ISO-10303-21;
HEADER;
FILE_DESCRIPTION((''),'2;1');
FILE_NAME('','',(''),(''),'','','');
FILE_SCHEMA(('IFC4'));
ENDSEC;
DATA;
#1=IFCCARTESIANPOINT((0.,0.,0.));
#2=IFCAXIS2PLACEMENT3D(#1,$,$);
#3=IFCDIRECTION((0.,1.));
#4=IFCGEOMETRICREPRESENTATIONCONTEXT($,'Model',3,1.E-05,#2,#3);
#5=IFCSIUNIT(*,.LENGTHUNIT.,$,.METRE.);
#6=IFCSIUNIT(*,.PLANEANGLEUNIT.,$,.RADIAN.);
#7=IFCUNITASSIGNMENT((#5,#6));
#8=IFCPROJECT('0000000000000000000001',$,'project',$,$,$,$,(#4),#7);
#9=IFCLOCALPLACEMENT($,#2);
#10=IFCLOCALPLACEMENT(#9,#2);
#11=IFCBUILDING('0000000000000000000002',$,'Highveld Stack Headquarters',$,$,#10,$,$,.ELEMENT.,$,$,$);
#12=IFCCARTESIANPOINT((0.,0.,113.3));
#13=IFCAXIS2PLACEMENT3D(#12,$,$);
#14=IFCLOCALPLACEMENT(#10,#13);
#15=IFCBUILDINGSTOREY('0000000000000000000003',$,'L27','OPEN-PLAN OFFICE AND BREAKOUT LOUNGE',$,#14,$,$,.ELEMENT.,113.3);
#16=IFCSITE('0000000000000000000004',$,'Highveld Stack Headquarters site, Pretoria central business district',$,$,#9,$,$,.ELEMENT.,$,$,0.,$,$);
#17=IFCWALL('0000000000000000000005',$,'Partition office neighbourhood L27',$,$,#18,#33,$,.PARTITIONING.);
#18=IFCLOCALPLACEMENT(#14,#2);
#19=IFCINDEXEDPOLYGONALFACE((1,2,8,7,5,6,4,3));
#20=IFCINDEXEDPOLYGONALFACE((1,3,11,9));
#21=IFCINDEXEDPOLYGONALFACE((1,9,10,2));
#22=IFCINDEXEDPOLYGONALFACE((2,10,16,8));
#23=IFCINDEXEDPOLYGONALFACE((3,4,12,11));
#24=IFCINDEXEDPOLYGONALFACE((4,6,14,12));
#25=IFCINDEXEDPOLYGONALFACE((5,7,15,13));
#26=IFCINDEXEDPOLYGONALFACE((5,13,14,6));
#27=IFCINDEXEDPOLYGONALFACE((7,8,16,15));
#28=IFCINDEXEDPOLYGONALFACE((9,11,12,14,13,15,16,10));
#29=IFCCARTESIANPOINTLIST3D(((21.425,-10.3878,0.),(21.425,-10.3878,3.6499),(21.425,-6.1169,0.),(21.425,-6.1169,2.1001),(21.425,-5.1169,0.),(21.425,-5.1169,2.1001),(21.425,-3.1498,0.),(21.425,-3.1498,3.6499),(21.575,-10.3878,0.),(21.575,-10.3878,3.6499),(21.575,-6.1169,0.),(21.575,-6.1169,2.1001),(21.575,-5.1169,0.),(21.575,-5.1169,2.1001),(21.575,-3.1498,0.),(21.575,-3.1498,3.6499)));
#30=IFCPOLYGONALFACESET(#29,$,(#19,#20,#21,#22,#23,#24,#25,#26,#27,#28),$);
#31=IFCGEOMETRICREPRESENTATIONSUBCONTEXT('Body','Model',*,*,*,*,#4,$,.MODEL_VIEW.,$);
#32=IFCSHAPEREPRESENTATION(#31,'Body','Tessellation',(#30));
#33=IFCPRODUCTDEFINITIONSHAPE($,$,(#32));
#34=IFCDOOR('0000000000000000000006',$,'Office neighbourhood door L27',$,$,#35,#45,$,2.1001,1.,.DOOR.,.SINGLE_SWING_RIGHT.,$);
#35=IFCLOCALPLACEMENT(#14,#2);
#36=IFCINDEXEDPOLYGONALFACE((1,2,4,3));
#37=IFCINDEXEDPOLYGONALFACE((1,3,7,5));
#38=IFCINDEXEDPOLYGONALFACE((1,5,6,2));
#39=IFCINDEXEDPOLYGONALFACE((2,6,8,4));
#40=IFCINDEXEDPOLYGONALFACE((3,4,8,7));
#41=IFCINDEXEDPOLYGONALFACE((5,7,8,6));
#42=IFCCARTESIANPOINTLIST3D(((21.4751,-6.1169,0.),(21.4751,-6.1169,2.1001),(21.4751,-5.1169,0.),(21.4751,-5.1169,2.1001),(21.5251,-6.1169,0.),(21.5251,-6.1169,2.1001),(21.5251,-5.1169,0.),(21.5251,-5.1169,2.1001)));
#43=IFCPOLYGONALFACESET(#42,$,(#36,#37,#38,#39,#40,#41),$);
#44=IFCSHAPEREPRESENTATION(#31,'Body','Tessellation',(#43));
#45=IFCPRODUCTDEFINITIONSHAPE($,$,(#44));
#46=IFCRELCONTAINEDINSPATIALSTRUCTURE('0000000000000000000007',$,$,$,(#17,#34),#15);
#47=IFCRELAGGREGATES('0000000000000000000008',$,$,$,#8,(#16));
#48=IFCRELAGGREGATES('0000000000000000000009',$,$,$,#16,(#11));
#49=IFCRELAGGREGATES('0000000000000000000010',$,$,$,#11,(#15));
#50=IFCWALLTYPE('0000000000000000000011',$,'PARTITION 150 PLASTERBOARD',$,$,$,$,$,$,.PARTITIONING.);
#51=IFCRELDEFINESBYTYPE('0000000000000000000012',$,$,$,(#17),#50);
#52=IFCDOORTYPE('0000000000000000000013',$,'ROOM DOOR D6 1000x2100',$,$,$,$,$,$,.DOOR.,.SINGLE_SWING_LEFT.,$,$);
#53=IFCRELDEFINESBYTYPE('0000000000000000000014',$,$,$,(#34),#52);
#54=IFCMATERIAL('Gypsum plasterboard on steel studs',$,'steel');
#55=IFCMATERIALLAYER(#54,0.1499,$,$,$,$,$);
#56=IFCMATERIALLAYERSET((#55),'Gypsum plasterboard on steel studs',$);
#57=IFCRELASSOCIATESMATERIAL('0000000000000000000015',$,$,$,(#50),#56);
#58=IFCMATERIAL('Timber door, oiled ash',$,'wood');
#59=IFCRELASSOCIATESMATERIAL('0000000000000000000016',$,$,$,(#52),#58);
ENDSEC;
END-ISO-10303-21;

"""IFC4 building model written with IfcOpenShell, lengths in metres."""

from ifc_helpers import new_model, si_unit, direction, frame, frame_2d, origin, place, context, subcontext, project, spatial, rectangle, extrude, material, layer, layer_set, type_object, element, fill, save


model = new_model("IFC4")

# Units and contexts
model_context = context("Model", 3, precision=1e-05, world=origin(), true_north=direction((0.0, 1.0)))
body_context = subcontext(model_context, "Body", "Model", "MODEL_VIEW")
ifc_project = project(units=[si_unit("LENGTHUNIT", "METRE"), si_unit("PLANEANGLEUNIT", "RADIAN")], contexts=[model_context])

# Site, building, storey
site_placement = place(None, origin())
site = spatial("IfcSite", under=ifc_project, at=site_placement, Name="Highveld Stack Headquarters site, Pretoria central business district", CompositionType="ELEMENT", RefElevation=0.0)
building_placement = place(site_placement, origin())
building = spatial("IfcBuilding", under=site, at=building_placement, Name="Highveld Stack Headquarters", CompositionType="ELEMENT")
storey_placement = place(building_placement, frame((0.0, 0.0, 113.3)))
storey = spatial("IfcBuildingStorey", under=building, at=storey_placement, Name="L27", Description="OPEN-PLAN OFFICE AND BREAKOUT LOUNGE", CompositionType="ELEMENT", Elevation=113.3)

# Shared definitions
ifc_material_1 = material(Name="Gypsum plasterboard on steel studs", Category="steel")
ifc_layer_1 = layer(ifc_material_1, 0.1499)
ifc_layer_set_1 = layer_set([ifc_layer_1], Name="Gypsum plasterboard on steel studs")
wall_type_1 = type_object("IfcWallType", Name="PARTITION 150 PLASTERBOARD", PredefinedType="PARTITIONING", material=ifc_layer_set_1)

# Wall, opening, door
wall_1_placement = place(storey_placement, frame((21.5, -10.3879, 0.0), z_axis=(0.0, 0.0, 1.0), x_axis=(0.0, 1.0, 0.0)))
wall_1 = element("IfcWall", 1, at=wall_1_placement, inside=storey, type_object=wall_type_1, Name="Partition office neighbourhood L27", PredefinedType="PARTITIONING", context=body_context, shape_type="SweptSolid", body=[
    extrude(rectangle(XDim=7.238, YDim=0.1499, at=frame_2d((3.6191, 0.0))), origin(), (0.0, 0.0, 1.0), 3.6499),
])
opening_1_placement = place(wall_1_placement, frame((4.271, 0.0, 0.0)))
opening_1 = element("IfcOpeningElement", 2, at=opening_1_placement, cuts=wall_1, PredefinedType="OPENING", context=body_context, shape_type="SweptSolid", body=[
    extrude(rectangle(XDim=1.0, YDim=2.1001, at=frame_2d((0.5, 1.05))), frame((0.0, 0.085, 0.0), z_axis=(0.0, -1.0, 0.0), x_axis=(1.0, 0.0, 0.0)), (0.0, 0.0, 1.0), 0.1699),
])
ifc_material_2 = material(Name="Timber door, oiled ash", Category="wood")
door_type_1 = type_object("IfcDoorType", Name="ROOM DOOR D6 1000x2100", OperationType="SINGLE_SWING_LEFT", PredefinedType="DOOR", material=ifc_material_2)
door_1_placement = place(opening_1_placement, origin())
door_1 = element("IfcDoor", 3, at=door_1_placement, inside=storey, type_object=door_type_1, Name="Office neighbourhood door L27", OperationType="SINGLE_SWING_RIGHT", OverallHeight=2.1001, OverallWidth=1.0, PredefinedType="DOOR", context=body_context, shape_type="SweptSolid", body=[
    extrude(rectangle(XDim=1.0, YDim=2.1001, at=frame_2d((0.5, 1.05))), frame((0.0, 0.0249, 0.0), z_axis=(0.0, -1.0, 0.0), x_axis=(1.0, 0.0, 0.0)), (0.0, 0.0, 1.0), 0.05),
])
fill(opening_1, door_1)

save(model, "model.ifc")
